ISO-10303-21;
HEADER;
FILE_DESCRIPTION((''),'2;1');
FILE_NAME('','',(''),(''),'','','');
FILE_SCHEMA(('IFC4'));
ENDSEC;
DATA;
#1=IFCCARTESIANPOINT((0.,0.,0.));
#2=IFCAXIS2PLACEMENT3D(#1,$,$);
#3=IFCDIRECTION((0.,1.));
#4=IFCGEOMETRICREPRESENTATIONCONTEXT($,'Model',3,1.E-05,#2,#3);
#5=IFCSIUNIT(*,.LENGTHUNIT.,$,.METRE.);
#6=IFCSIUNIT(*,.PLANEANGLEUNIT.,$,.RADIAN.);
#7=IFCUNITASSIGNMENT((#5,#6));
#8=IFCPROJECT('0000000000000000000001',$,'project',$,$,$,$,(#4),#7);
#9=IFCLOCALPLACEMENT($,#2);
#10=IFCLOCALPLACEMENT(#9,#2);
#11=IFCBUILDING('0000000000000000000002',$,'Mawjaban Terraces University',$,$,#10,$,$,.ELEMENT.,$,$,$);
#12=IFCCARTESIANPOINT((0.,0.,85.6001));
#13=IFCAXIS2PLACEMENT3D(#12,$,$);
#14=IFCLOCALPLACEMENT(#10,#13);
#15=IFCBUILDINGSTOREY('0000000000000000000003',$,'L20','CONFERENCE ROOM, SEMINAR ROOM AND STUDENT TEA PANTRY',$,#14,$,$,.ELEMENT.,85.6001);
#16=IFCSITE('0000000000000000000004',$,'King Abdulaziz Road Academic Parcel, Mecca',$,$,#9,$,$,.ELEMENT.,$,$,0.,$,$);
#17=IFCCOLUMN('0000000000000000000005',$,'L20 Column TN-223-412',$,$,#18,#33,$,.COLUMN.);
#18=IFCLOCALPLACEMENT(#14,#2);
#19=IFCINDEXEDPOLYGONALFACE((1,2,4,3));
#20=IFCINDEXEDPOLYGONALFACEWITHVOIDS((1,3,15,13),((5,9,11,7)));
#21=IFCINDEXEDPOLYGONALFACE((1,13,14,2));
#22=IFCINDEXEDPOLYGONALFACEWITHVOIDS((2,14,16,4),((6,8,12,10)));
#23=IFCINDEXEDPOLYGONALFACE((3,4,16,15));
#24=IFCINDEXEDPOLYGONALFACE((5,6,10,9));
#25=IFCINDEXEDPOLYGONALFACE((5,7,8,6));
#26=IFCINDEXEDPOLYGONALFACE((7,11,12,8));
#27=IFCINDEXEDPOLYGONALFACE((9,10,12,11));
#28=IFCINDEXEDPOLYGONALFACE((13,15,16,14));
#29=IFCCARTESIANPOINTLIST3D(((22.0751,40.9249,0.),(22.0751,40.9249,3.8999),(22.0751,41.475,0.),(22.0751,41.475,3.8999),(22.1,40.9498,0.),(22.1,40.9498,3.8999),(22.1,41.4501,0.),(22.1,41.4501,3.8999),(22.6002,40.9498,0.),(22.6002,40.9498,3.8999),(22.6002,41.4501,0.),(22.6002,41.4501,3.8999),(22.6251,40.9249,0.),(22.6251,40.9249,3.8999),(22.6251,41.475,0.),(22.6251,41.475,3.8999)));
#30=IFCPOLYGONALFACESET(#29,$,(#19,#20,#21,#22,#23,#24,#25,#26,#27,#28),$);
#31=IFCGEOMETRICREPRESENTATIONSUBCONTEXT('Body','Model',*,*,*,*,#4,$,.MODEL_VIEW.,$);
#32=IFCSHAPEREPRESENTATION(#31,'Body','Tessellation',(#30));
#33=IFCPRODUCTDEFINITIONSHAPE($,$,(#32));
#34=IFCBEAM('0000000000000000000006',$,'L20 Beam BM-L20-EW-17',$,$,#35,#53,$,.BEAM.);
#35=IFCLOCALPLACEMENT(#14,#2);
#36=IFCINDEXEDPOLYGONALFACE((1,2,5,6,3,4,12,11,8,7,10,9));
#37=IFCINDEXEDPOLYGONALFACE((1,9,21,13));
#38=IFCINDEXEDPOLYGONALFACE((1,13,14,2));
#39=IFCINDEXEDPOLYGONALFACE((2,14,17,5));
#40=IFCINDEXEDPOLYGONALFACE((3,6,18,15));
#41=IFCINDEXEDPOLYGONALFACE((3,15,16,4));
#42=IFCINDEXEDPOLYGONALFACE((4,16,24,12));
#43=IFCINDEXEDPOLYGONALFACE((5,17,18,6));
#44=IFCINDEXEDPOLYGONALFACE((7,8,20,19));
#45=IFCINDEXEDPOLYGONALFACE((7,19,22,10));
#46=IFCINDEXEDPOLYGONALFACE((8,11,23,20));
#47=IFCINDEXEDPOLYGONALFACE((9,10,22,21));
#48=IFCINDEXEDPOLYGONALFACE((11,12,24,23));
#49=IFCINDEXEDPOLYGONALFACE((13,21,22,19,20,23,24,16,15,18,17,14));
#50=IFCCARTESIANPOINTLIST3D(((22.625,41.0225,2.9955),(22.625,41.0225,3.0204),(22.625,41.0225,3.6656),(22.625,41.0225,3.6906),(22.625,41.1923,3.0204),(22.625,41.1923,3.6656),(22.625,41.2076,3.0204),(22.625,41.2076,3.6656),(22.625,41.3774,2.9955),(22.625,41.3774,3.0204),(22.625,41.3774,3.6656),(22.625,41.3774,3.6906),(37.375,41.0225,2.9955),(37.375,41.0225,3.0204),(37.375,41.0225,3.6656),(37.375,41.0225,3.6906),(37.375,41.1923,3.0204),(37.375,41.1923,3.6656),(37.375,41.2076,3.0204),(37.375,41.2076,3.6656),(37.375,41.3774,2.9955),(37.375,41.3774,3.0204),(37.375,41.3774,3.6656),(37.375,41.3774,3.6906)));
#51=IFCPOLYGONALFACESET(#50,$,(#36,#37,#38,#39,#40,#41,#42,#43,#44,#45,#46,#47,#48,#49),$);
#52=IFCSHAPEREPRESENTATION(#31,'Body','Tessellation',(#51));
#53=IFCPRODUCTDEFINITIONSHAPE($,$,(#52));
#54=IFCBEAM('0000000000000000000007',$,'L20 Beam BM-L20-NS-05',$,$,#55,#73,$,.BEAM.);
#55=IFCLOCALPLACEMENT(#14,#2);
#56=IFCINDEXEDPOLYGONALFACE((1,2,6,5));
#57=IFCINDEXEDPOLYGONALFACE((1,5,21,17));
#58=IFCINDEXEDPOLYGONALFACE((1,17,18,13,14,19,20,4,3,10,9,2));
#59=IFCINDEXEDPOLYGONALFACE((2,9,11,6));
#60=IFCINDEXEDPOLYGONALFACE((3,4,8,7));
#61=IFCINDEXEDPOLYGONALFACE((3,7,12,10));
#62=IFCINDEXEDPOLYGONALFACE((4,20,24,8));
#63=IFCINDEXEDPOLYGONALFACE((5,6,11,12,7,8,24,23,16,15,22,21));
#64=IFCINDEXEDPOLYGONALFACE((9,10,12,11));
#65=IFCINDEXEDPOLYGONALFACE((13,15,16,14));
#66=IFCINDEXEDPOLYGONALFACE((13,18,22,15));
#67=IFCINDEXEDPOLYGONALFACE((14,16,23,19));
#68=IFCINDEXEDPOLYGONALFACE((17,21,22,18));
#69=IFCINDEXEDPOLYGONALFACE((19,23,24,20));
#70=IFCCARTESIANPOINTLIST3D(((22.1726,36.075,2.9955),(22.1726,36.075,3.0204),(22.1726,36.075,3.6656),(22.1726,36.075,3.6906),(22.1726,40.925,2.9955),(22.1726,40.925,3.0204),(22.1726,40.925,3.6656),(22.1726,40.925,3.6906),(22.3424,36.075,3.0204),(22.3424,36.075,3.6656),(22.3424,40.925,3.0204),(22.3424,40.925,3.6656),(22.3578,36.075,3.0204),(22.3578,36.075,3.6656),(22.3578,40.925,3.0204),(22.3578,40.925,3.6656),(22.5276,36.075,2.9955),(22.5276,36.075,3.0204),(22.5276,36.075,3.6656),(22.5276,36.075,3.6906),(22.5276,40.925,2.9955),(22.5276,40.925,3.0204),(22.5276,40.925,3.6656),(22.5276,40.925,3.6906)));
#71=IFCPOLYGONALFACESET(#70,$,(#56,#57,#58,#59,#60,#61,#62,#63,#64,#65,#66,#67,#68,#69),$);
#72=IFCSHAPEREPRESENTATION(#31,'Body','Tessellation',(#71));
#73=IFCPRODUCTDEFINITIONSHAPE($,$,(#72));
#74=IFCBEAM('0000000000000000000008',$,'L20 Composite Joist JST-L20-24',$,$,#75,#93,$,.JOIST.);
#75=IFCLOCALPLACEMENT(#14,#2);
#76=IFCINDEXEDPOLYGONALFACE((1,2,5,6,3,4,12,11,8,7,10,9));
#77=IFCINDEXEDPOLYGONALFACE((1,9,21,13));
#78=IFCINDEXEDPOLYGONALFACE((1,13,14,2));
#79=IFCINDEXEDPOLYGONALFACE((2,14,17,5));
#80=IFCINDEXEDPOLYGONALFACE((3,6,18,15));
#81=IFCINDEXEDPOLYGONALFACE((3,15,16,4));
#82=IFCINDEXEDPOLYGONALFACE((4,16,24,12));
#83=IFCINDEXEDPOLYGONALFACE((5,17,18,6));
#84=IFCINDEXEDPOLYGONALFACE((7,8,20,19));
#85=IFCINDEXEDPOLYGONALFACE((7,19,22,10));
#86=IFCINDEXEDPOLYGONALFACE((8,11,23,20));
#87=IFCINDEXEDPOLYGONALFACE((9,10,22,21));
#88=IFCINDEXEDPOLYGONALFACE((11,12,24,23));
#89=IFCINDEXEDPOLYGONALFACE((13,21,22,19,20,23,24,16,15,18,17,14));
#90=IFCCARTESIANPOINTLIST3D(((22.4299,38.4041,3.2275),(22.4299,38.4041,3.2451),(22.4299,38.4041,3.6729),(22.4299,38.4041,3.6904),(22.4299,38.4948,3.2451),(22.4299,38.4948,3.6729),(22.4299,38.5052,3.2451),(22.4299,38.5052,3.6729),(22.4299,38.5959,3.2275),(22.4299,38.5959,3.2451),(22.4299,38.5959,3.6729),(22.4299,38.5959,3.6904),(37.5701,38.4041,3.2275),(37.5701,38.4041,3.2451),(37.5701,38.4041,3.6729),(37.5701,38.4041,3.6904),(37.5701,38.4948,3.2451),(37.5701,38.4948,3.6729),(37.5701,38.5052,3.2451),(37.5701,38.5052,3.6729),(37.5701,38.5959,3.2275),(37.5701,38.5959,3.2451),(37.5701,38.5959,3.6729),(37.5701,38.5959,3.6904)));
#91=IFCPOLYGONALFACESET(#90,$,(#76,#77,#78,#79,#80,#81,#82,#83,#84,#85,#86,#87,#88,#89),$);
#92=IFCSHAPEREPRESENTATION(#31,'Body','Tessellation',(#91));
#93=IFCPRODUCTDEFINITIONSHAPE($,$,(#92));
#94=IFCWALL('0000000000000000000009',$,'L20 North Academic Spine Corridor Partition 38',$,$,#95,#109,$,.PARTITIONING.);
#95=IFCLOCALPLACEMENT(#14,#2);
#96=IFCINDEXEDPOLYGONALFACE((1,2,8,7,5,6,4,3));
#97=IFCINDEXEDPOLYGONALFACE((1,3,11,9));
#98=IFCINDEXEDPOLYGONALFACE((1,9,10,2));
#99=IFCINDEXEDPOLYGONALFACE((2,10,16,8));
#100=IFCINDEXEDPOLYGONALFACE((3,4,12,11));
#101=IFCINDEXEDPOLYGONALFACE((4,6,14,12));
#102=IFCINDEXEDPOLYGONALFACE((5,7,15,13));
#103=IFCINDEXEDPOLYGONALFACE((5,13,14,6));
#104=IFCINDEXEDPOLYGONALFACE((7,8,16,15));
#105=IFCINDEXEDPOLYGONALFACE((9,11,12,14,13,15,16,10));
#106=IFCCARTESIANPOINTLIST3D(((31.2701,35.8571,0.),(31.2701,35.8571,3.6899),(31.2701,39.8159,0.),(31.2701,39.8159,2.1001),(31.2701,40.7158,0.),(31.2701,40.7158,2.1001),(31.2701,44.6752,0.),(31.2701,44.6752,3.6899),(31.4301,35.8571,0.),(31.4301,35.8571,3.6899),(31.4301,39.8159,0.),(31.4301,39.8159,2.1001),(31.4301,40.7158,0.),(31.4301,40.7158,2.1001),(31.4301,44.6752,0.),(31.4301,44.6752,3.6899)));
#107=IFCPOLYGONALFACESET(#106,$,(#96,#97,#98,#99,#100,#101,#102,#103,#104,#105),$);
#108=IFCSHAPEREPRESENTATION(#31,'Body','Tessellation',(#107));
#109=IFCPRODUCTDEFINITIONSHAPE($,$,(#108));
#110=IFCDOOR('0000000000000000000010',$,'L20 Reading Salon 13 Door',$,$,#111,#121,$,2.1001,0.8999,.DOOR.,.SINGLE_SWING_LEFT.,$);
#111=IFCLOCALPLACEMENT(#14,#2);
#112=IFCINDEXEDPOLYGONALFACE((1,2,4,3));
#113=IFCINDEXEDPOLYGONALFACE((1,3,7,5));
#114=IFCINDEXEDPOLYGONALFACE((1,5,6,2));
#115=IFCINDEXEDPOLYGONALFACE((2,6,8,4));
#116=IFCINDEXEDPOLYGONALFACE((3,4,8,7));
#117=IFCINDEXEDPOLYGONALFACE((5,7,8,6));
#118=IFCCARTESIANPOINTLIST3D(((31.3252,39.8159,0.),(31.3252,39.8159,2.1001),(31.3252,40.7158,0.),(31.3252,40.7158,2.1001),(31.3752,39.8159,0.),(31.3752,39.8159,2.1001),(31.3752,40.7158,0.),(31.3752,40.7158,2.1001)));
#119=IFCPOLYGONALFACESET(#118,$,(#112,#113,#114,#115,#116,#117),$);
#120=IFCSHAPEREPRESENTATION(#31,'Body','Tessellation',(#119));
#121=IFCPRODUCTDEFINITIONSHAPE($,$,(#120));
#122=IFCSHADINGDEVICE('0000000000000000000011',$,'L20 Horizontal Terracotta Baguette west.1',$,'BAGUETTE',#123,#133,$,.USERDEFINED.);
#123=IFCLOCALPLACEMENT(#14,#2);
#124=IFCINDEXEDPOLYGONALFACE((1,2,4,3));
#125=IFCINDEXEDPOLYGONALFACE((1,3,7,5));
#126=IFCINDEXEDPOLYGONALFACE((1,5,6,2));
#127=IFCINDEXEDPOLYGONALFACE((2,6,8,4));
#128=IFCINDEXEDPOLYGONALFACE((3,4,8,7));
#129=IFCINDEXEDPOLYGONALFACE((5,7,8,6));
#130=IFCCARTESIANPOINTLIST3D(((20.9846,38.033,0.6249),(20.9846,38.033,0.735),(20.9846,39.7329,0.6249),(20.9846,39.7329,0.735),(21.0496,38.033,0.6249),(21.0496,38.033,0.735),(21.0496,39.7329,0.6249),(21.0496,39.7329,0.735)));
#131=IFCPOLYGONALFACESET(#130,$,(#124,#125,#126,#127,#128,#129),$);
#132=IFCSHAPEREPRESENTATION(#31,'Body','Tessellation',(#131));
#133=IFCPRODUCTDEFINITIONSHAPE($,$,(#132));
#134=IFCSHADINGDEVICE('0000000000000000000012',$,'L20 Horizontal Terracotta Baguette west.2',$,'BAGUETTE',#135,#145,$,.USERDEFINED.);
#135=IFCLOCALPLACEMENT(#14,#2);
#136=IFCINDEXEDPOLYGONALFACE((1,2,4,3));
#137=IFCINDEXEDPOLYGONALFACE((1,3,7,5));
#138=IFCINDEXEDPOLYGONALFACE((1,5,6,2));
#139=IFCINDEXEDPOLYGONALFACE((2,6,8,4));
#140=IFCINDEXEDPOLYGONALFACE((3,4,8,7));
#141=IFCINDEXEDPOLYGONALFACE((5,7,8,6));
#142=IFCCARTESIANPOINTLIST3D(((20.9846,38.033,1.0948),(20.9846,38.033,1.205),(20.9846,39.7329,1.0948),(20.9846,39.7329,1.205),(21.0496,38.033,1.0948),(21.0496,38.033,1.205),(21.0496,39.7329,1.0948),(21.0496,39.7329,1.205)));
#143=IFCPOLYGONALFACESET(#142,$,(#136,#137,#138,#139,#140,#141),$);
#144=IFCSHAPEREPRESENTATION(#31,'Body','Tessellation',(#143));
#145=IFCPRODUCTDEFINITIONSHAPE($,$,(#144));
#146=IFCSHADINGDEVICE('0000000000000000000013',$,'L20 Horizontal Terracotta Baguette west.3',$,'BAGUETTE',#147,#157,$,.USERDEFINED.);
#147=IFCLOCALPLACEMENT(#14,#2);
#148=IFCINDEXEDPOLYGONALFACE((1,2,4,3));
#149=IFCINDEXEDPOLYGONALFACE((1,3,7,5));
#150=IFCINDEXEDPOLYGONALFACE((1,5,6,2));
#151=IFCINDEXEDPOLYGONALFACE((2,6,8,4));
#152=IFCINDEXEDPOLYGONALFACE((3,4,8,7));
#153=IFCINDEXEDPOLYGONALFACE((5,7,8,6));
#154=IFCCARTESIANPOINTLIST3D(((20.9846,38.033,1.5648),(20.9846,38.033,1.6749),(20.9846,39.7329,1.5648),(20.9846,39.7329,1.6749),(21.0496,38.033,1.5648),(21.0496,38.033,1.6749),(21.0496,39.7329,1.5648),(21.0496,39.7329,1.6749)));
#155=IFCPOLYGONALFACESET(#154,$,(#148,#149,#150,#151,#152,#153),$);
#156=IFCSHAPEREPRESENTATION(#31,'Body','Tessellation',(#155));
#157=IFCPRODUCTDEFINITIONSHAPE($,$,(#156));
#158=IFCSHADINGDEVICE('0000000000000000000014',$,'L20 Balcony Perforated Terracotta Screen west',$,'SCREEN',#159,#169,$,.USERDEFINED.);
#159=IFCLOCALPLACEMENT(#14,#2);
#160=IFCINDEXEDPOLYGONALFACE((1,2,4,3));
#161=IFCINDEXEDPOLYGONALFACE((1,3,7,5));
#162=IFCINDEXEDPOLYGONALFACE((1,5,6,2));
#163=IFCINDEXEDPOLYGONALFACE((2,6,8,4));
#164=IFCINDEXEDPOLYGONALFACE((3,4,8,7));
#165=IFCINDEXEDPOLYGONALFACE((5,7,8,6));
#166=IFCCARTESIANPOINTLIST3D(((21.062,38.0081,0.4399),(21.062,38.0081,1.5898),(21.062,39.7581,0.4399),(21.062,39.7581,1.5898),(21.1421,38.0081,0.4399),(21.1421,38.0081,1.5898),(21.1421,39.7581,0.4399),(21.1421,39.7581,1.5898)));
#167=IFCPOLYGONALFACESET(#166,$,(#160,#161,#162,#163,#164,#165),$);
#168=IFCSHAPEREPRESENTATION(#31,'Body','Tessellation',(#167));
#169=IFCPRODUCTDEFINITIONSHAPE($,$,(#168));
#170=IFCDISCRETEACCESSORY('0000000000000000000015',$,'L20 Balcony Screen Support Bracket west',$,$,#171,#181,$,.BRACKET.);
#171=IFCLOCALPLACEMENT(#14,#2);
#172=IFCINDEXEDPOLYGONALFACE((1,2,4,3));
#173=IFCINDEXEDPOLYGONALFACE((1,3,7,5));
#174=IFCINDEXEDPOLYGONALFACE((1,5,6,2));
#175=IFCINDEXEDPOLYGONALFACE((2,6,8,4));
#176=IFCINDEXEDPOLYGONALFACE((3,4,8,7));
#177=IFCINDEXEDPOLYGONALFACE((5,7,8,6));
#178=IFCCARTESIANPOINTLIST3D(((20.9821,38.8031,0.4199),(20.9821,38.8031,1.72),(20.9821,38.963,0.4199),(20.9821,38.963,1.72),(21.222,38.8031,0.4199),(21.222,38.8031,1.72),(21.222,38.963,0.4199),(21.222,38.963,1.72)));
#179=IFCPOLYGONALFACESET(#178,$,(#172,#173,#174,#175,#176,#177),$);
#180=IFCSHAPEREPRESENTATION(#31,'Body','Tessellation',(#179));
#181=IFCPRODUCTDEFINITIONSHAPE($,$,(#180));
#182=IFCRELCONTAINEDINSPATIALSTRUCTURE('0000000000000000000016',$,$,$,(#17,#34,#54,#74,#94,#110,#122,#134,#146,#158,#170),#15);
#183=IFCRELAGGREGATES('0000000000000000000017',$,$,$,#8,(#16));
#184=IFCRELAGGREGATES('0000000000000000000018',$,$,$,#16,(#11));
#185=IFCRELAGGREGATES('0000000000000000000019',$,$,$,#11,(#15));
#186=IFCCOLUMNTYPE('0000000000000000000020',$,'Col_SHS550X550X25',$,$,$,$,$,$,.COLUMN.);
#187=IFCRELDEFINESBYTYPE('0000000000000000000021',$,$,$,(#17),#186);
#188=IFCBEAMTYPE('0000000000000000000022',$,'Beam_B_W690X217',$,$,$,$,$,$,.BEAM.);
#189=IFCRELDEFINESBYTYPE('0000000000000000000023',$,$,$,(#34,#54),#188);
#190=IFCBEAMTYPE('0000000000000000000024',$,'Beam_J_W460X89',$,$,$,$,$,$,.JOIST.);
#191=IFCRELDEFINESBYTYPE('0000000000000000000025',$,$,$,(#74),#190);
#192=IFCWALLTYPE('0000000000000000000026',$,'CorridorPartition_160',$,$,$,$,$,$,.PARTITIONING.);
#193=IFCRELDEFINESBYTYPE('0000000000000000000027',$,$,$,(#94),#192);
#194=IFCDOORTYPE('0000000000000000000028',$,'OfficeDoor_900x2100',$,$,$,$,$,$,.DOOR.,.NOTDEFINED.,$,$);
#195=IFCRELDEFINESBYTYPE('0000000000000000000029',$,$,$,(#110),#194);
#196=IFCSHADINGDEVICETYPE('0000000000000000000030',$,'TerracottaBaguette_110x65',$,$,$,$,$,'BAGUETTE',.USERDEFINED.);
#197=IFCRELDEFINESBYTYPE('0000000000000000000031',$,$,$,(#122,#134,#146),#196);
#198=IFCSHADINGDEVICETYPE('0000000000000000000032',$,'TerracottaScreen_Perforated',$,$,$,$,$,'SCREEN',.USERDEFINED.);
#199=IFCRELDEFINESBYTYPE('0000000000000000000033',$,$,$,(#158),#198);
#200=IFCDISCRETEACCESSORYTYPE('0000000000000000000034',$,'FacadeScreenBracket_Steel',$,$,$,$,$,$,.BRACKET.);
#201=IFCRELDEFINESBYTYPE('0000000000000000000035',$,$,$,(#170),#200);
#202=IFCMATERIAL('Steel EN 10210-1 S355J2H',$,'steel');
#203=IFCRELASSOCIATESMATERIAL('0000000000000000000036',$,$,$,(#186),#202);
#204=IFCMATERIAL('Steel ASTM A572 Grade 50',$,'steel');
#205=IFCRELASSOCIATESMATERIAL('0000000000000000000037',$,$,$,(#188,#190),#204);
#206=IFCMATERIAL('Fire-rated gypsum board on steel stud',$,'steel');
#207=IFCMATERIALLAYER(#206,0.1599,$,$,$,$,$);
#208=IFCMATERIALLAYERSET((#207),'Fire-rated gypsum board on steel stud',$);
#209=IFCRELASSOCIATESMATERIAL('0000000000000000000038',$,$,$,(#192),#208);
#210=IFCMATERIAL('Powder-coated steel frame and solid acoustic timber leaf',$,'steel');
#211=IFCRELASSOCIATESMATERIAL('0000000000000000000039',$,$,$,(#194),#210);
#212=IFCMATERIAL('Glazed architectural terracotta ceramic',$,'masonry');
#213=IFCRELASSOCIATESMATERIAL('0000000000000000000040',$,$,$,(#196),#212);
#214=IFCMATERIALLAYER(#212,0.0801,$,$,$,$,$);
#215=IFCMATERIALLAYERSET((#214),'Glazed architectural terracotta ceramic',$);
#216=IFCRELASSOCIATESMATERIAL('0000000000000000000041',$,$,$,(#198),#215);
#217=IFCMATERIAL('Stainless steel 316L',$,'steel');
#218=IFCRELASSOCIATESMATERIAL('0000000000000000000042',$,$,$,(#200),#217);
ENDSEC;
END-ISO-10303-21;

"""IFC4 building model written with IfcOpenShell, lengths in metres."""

from ifc_helpers import new_model, si_unit, direction, frame, frame_2d, origin, origin_2d, place, context, subcontext, project, spatial, rectangle, hollow_rectangle, i_section, extrude, material, layer, layer_set, material_profile, profile_set, type_object, element, fill, save


model = new_model("IFC4")

# Units and contexts
model_context = context("Model", 3, precision=1e-05, world=origin(), true_north=direction((0.0, 1.0)))
body_context = subcontext(model_context, "Body", "Model", "MODEL_VIEW")
ifc_project = project(units=[si_unit("LENGTHUNIT", "METRE"), si_unit("PLANEANGLEUNIT", "RADIAN")], contexts=[model_context])

# Site, building, storey
site_placement = place(None, origin())
site = spatial("IfcSite", under=ifc_project, at=site_placement, Name="King Abdulaziz Road Academic Parcel, Mecca", CompositionType="ELEMENT", RefElevation=0.0)
building_placement = place(site_placement, origin())
building = spatial("IfcBuilding", under=site, at=building_placement, Name="Mawjaban Terraces University", CompositionType="ELEMENT")
storey_placement = place(building_placement, frame((0.0, 0.0, 85.6001)))
storey = spatial("IfcBuildingStorey", under=building, at=storey_placement, Name="L20", Description="CONFERENCE ROOM, SEMINAR ROOM AND STUDENT TEA PANTRY", CompositionType="ELEMENT", Elevation=85.6001)

# Column
ifc_material_1 = material(Name="Steel EN 10210-1 S355J2H", Category="steel")
ifc_material_profile_1 = material_profile(ifc_material_1, hollow_rectangle(XDim=0.55, YDim=0.55, WallThickness=0.0249, at=origin_2d()), Name="SHS550X550X25")
ifc_profile_set_1 = profile_set([ifc_material_profile_1], Name="Steel EN 10210-1 S355J2H")
column_type = type_object("IfcColumnType", Name="Col_SHS550X550X25", PredefinedType="COLUMN", material=ifc_profile_set_1)
column_placement = place(storey_placement, frame((22.3501, 41.2, 0.0), z_axis=(0.0, 0.0, 1.0), x_axis=(1.0, 0.0, 0.0)))
element("IfcColumn", 1, at=column_placement, inside=storey, type_object=column_type, Name="L20 Column TN-223-412", PredefinedType="COLUMN", context=body_context, shape_type="SweptSolid", body=[
    extrude(hollow_rectangle(XDim=0.55, YDim=0.55, WallThickness=0.0249, at=origin_2d()), origin(), (0.0, 0.0, 1.0), 3.8999),
])

# Beams
ifc_material_2 = material(Name="Steel ASTM A572 Grade 50", Category="steel")
ifc_material_profile_2 = material_profile(ifc_material_2, i_section(OverallWidth=0.355, OverallDepth=0.6951, WebThickness=0.0154, FlangeThickness=0.0249, at=origin_2d()), Name="W690X217")
ifc_profile_set_2 = profile_set([ifc_material_profile_2], Name="Steel ASTM A572 Grade 50")
beam_type_1 = type_object("IfcBeamType", Name="Beam_B_W690X217", PredefinedType="BEAM", material=ifc_profile_set_2)
beam_1_placement = place(storey_placement, frame((22.625, 41.2, 3.343), z_axis=(1.0, 0.0, 0.0), x_axis=(0.0, 1.0, 0.0)))
element("IfcBeam", 2, at=beam_1_placement, inside=storey, type_object=beam_type_1, Name="L20 Beam BM-L20-EW-17", PredefinedType="BEAM", context=body_context, shape_type="SweptSolid", body=[
    extrude(i_section(OverallWidth=0.355, OverallDepth=0.6951, WebThickness=0.0154, FlangeThickness=0.0249, at=origin_2d()), origin(), (0.0, 0.0, 1.0), 14.75),
])
beam_2_placement = place(storey_placement, frame((22.3501, 36.075, 3.343), z_axis=(0.0, 1.0, 0.0), x_axis=(-1.0, 0.0, 0.0)))
element("IfcBeam", 3, at=beam_2_placement, inside=storey, type_object=beam_type_1, Name="L20 Beam BM-L20-NS-05", PredefinedType="BEAM", context=body_context, shape_type="SweptSolid", body=[
    extrude(i_section(OverallWidth=0.355, OverallDepth=0.6951, WebThickness=0.0154, FlangeThickness=0.0249, at=origin_2d()), origin(), (0.0, 0.0, 1.0), 4.8501),
])
ifc_material_profile_3 = material_profile(ifc_material_2, i_section(OverallWidth=0.1919, OverallDepth=0.4629, WebThickness=0.0105, FlangeThickness=0.0176, at=origin_2d()), Name="W460X89")
ifc_profile_set_3 = profile_set([ifc_material_profile_3], Name="Steel ASTM A572 Grade 50")
beam_type_2 = type_object("IfcBeamType", Name="Beam_J_W460X89", PredefinedType="JOIST", material=ifc_profile_set_3)
beam_3_placement = place(storey_placement, frame((22.4299, 38.5, 3.459), z_axis=(1.0, 0.0, 0.0), x_axis=(0.0, 1.0, 0.0)))
element("IfcBeam", 4, at=beam_3_placement, inside=storey, type_object=beam_type_2, Name="L20 Composite Joist JST-L20-24", PredefinedType="JOIST", context=body_context, shape_type="SweptSolid", body=[
    extrude(i_section(OverallWidth=0.1919, OverallDepth=0.4629, WebThickness=0.0105, FlangeThickness=0.0176, at=origin_2d()), origin(), (0.0, 0.0, 1.0), 15.1401),
])

# Wall, opening, door
ifc_material_3 = material(Name="Fire-rated gypsum board on steel stud", Category="steel")
ifc_layer_1 = layer(ifc_material_3, 0.1599)
ifc_layer_set_1 = layer_set([ifc_layer_1], Name="Fire-rated gypsum board on steel stud")
wall_type = type_object("IfcWallType", Name="CorridorPartition_160", PredefinedType="PARTITIONING", material=ifc_layer_set_1)
wall_placement = place(storey_placement, frame((31.3501, 35.8569, 0.0), z_axis=(0.0, 0.0, 1.0), x_axis=(0.0, 1.0, 0.0)))
wall = element("IfcWall", 5, at=wall_placement, inside=storey, type_object=wall_type, Name="L20 North Academic Spine Corridor Partition 38", PredefinedType="PARTITIONING", context=body_context, shape_type="SweptSolid", body=[
    extrude(rectangle(XDim=8.8181, YDim=0.1599, at=frame_2d((4.4092, 0.0))), origin(), (0.0, 0.0, 1.0), 3.6899),
])
opening_placement = place(wall_placement, frame((3.959, 0.0, 0.0)))
opening = element("IfcOpeningElement", 6, at=opening_placement, cuts=wall, PredefinedType="OPENING", context=body_context, shape_type="SweptSolid", body=[
    extrude(rectangle(XDim=0.8999, YDim=2.1001, at=frame_2d((0.45, 1.05))), frame((0.0, 0.0898, 0.0), z_axis=(0.0, -1.0, 0.0), x_axis=(1.0, 0.0, 0.0)), (0.0, 0.0, 1.0), 0.1799),
])
ifc_material_4 = material(Name="Powder-coated steel frame and solid acoustic timber leaf", Category="steel")
door_type = type_object("IfcDoorType", Name="OfficeDoor_900x2100", OperationType="NOTDEFINED", PredefinedType="DOOR", material=ifc_material_4)
door_placement = place(opening_placement, origin())
door = element("IfcDoor", 7, at=door_placement, inside=storey, type_object=door_type, Name="L20 Reading Salon 13 Door", OperationType="SINGLE_SWING_LEFT", OverallHeight=2.1001, OverallWidth=0.8999, PredefinedType="DOOR", context=body_context, shape_type="SweptSolid", body=[
    extrude(rectangle(XDim=0.8999, YDim=2.1001, at=frame_2d((0.45, 1.05))), frame((0.0, 0.0249, 0.0), z_axis=(0.0, -1.0, 0.0), x_axis=(1.0, 0.0, 0.0)), (0.0, 0.0, 1.0), 0.05),
])
fill(opening, door)

# Shading devices
ifc_material_5 = material(Name="Glazed architectural terracotta ceramic", Category="masonry")
ifc_material_profile_4 = material_profile(ifc_material_5, rectangle(XDim=0.0649, YDim=0.1101, at=origin_2d()), Name="TBAG110X65")
ifc_profile_set_4 = profile_set([ifc_material_profile_4], Name="Glazed architectural terracotta ceramic")
shading_device_type_1 = type_object("IfcShadingDeviceType", Name="TerracottaBaguette_110x65", ElementType="BAGUETTE", PredefinedType="USERDEFINED", material=ifc_profile_set_4)
for number, where, z_axis, x_axis, name in (
    (8, (21.0171, 38.033, 0.6799), (0.0, 1.0, 0.0), (-1.0, 0.0, 0.0), "L20 Horizontal Terracotta Baguette west.1"),
    (9, (21.0171, 38.033, 1.1499), (0.0, 1.0, 0.0), (-1.0, 0.0, 0.0), "L20 Horizontal Terracotta Baguette west.2"),
    (10, (21.0171, 38.033, 1.6199), (0.0, 1.0, 0.0), (-1.0, 0.0, 0.0), "L20 Horizontal Terracotta Baguette west.3"),
):
    element("IfcShadingDevice", number, at=place(storey_placement, frame(where, z_axis=z_axis, x_axis=x_axis)), inside=storey, type_object=shading_device_type_1, Name=name, ObjectType="BAGUETTE", PredefinedType="USERDEFINED", context=body_context, shape_type="SweptSolid", body=[
        extrude(rectangle(XDim=0.0649, YDim=0.1101, at=origin_2d()), origin(), (0.0, 0.0, 1.0), 1.7),
    ])
ifc_layer_2 = layer(ifc_material_5, 0.0801)
ifc_layer_set_2 = layer_set([ifc_layer_2], Name="Glazed architectural terracotta ceramic")
shading_device_type_2 = type_object("IfcShadingDeviceType", Name="TerracottaScreen_Perforated", ElementType="SCREEN", PredefinedType="USERDEFINED", material=ifc_layer_set_2)
shading_device_placement = place(storey_placement, frame((21.1021, 38.8831, 0.4399), z_axis=(0.0, 0.0, 1.0), x_axis=(0.0, 1.0, 0.0)))
element("IfcShadingDevice", 11, at=shading_device_placement, inside=storey, type_object=shading_device_type_2, Name="L20 Balcony Perforated Terracotta Screen west", ObjectType="SCREEN", PredefinedType="USERDEFINED", context=body_context, shape_type="SweptSolid", body=[
    extrude(rectangle(XDim=1.75, YDim=0.0801, at=origin_2d()), origin(), (0.0, 0.0, 1.0), 1.1499),
])

# Discrete accessory
ifc_material_6 = material(Name="Stainless steel 316L", Category="steel")
discrete_accessory_type_1 = type_object("IfcDiscreteAccessoryType", Name="FacadeScreenBracket_Steel", PredefinedType="BRACKET", material=ifc_material_6)
discrete_accessory_1_placement = place(storey_placement, frame((21.1021, 38.8831, 0.4199), z_axis=(0.0, 0.0, 1.0), x_axis=(0.0, 1.0, 0.0)))
element("IfcDiscreteAccessory", 12, at=discrete_accessory_1_placement, inside=storey, type_object=discrete_accessory_type_1, Name="L20 Balcony Screen Support Bracket west", PredefinedType="BRACKET", context=body_context, shape_type="SweptSolid", body=[
    extrude(rectangle(XDim=0.1599, YDim=0.24, at=origin_2d()), origin(), (0.0, 0.0, 1.0), 1.3),
])

save(model, "model.ifc")
